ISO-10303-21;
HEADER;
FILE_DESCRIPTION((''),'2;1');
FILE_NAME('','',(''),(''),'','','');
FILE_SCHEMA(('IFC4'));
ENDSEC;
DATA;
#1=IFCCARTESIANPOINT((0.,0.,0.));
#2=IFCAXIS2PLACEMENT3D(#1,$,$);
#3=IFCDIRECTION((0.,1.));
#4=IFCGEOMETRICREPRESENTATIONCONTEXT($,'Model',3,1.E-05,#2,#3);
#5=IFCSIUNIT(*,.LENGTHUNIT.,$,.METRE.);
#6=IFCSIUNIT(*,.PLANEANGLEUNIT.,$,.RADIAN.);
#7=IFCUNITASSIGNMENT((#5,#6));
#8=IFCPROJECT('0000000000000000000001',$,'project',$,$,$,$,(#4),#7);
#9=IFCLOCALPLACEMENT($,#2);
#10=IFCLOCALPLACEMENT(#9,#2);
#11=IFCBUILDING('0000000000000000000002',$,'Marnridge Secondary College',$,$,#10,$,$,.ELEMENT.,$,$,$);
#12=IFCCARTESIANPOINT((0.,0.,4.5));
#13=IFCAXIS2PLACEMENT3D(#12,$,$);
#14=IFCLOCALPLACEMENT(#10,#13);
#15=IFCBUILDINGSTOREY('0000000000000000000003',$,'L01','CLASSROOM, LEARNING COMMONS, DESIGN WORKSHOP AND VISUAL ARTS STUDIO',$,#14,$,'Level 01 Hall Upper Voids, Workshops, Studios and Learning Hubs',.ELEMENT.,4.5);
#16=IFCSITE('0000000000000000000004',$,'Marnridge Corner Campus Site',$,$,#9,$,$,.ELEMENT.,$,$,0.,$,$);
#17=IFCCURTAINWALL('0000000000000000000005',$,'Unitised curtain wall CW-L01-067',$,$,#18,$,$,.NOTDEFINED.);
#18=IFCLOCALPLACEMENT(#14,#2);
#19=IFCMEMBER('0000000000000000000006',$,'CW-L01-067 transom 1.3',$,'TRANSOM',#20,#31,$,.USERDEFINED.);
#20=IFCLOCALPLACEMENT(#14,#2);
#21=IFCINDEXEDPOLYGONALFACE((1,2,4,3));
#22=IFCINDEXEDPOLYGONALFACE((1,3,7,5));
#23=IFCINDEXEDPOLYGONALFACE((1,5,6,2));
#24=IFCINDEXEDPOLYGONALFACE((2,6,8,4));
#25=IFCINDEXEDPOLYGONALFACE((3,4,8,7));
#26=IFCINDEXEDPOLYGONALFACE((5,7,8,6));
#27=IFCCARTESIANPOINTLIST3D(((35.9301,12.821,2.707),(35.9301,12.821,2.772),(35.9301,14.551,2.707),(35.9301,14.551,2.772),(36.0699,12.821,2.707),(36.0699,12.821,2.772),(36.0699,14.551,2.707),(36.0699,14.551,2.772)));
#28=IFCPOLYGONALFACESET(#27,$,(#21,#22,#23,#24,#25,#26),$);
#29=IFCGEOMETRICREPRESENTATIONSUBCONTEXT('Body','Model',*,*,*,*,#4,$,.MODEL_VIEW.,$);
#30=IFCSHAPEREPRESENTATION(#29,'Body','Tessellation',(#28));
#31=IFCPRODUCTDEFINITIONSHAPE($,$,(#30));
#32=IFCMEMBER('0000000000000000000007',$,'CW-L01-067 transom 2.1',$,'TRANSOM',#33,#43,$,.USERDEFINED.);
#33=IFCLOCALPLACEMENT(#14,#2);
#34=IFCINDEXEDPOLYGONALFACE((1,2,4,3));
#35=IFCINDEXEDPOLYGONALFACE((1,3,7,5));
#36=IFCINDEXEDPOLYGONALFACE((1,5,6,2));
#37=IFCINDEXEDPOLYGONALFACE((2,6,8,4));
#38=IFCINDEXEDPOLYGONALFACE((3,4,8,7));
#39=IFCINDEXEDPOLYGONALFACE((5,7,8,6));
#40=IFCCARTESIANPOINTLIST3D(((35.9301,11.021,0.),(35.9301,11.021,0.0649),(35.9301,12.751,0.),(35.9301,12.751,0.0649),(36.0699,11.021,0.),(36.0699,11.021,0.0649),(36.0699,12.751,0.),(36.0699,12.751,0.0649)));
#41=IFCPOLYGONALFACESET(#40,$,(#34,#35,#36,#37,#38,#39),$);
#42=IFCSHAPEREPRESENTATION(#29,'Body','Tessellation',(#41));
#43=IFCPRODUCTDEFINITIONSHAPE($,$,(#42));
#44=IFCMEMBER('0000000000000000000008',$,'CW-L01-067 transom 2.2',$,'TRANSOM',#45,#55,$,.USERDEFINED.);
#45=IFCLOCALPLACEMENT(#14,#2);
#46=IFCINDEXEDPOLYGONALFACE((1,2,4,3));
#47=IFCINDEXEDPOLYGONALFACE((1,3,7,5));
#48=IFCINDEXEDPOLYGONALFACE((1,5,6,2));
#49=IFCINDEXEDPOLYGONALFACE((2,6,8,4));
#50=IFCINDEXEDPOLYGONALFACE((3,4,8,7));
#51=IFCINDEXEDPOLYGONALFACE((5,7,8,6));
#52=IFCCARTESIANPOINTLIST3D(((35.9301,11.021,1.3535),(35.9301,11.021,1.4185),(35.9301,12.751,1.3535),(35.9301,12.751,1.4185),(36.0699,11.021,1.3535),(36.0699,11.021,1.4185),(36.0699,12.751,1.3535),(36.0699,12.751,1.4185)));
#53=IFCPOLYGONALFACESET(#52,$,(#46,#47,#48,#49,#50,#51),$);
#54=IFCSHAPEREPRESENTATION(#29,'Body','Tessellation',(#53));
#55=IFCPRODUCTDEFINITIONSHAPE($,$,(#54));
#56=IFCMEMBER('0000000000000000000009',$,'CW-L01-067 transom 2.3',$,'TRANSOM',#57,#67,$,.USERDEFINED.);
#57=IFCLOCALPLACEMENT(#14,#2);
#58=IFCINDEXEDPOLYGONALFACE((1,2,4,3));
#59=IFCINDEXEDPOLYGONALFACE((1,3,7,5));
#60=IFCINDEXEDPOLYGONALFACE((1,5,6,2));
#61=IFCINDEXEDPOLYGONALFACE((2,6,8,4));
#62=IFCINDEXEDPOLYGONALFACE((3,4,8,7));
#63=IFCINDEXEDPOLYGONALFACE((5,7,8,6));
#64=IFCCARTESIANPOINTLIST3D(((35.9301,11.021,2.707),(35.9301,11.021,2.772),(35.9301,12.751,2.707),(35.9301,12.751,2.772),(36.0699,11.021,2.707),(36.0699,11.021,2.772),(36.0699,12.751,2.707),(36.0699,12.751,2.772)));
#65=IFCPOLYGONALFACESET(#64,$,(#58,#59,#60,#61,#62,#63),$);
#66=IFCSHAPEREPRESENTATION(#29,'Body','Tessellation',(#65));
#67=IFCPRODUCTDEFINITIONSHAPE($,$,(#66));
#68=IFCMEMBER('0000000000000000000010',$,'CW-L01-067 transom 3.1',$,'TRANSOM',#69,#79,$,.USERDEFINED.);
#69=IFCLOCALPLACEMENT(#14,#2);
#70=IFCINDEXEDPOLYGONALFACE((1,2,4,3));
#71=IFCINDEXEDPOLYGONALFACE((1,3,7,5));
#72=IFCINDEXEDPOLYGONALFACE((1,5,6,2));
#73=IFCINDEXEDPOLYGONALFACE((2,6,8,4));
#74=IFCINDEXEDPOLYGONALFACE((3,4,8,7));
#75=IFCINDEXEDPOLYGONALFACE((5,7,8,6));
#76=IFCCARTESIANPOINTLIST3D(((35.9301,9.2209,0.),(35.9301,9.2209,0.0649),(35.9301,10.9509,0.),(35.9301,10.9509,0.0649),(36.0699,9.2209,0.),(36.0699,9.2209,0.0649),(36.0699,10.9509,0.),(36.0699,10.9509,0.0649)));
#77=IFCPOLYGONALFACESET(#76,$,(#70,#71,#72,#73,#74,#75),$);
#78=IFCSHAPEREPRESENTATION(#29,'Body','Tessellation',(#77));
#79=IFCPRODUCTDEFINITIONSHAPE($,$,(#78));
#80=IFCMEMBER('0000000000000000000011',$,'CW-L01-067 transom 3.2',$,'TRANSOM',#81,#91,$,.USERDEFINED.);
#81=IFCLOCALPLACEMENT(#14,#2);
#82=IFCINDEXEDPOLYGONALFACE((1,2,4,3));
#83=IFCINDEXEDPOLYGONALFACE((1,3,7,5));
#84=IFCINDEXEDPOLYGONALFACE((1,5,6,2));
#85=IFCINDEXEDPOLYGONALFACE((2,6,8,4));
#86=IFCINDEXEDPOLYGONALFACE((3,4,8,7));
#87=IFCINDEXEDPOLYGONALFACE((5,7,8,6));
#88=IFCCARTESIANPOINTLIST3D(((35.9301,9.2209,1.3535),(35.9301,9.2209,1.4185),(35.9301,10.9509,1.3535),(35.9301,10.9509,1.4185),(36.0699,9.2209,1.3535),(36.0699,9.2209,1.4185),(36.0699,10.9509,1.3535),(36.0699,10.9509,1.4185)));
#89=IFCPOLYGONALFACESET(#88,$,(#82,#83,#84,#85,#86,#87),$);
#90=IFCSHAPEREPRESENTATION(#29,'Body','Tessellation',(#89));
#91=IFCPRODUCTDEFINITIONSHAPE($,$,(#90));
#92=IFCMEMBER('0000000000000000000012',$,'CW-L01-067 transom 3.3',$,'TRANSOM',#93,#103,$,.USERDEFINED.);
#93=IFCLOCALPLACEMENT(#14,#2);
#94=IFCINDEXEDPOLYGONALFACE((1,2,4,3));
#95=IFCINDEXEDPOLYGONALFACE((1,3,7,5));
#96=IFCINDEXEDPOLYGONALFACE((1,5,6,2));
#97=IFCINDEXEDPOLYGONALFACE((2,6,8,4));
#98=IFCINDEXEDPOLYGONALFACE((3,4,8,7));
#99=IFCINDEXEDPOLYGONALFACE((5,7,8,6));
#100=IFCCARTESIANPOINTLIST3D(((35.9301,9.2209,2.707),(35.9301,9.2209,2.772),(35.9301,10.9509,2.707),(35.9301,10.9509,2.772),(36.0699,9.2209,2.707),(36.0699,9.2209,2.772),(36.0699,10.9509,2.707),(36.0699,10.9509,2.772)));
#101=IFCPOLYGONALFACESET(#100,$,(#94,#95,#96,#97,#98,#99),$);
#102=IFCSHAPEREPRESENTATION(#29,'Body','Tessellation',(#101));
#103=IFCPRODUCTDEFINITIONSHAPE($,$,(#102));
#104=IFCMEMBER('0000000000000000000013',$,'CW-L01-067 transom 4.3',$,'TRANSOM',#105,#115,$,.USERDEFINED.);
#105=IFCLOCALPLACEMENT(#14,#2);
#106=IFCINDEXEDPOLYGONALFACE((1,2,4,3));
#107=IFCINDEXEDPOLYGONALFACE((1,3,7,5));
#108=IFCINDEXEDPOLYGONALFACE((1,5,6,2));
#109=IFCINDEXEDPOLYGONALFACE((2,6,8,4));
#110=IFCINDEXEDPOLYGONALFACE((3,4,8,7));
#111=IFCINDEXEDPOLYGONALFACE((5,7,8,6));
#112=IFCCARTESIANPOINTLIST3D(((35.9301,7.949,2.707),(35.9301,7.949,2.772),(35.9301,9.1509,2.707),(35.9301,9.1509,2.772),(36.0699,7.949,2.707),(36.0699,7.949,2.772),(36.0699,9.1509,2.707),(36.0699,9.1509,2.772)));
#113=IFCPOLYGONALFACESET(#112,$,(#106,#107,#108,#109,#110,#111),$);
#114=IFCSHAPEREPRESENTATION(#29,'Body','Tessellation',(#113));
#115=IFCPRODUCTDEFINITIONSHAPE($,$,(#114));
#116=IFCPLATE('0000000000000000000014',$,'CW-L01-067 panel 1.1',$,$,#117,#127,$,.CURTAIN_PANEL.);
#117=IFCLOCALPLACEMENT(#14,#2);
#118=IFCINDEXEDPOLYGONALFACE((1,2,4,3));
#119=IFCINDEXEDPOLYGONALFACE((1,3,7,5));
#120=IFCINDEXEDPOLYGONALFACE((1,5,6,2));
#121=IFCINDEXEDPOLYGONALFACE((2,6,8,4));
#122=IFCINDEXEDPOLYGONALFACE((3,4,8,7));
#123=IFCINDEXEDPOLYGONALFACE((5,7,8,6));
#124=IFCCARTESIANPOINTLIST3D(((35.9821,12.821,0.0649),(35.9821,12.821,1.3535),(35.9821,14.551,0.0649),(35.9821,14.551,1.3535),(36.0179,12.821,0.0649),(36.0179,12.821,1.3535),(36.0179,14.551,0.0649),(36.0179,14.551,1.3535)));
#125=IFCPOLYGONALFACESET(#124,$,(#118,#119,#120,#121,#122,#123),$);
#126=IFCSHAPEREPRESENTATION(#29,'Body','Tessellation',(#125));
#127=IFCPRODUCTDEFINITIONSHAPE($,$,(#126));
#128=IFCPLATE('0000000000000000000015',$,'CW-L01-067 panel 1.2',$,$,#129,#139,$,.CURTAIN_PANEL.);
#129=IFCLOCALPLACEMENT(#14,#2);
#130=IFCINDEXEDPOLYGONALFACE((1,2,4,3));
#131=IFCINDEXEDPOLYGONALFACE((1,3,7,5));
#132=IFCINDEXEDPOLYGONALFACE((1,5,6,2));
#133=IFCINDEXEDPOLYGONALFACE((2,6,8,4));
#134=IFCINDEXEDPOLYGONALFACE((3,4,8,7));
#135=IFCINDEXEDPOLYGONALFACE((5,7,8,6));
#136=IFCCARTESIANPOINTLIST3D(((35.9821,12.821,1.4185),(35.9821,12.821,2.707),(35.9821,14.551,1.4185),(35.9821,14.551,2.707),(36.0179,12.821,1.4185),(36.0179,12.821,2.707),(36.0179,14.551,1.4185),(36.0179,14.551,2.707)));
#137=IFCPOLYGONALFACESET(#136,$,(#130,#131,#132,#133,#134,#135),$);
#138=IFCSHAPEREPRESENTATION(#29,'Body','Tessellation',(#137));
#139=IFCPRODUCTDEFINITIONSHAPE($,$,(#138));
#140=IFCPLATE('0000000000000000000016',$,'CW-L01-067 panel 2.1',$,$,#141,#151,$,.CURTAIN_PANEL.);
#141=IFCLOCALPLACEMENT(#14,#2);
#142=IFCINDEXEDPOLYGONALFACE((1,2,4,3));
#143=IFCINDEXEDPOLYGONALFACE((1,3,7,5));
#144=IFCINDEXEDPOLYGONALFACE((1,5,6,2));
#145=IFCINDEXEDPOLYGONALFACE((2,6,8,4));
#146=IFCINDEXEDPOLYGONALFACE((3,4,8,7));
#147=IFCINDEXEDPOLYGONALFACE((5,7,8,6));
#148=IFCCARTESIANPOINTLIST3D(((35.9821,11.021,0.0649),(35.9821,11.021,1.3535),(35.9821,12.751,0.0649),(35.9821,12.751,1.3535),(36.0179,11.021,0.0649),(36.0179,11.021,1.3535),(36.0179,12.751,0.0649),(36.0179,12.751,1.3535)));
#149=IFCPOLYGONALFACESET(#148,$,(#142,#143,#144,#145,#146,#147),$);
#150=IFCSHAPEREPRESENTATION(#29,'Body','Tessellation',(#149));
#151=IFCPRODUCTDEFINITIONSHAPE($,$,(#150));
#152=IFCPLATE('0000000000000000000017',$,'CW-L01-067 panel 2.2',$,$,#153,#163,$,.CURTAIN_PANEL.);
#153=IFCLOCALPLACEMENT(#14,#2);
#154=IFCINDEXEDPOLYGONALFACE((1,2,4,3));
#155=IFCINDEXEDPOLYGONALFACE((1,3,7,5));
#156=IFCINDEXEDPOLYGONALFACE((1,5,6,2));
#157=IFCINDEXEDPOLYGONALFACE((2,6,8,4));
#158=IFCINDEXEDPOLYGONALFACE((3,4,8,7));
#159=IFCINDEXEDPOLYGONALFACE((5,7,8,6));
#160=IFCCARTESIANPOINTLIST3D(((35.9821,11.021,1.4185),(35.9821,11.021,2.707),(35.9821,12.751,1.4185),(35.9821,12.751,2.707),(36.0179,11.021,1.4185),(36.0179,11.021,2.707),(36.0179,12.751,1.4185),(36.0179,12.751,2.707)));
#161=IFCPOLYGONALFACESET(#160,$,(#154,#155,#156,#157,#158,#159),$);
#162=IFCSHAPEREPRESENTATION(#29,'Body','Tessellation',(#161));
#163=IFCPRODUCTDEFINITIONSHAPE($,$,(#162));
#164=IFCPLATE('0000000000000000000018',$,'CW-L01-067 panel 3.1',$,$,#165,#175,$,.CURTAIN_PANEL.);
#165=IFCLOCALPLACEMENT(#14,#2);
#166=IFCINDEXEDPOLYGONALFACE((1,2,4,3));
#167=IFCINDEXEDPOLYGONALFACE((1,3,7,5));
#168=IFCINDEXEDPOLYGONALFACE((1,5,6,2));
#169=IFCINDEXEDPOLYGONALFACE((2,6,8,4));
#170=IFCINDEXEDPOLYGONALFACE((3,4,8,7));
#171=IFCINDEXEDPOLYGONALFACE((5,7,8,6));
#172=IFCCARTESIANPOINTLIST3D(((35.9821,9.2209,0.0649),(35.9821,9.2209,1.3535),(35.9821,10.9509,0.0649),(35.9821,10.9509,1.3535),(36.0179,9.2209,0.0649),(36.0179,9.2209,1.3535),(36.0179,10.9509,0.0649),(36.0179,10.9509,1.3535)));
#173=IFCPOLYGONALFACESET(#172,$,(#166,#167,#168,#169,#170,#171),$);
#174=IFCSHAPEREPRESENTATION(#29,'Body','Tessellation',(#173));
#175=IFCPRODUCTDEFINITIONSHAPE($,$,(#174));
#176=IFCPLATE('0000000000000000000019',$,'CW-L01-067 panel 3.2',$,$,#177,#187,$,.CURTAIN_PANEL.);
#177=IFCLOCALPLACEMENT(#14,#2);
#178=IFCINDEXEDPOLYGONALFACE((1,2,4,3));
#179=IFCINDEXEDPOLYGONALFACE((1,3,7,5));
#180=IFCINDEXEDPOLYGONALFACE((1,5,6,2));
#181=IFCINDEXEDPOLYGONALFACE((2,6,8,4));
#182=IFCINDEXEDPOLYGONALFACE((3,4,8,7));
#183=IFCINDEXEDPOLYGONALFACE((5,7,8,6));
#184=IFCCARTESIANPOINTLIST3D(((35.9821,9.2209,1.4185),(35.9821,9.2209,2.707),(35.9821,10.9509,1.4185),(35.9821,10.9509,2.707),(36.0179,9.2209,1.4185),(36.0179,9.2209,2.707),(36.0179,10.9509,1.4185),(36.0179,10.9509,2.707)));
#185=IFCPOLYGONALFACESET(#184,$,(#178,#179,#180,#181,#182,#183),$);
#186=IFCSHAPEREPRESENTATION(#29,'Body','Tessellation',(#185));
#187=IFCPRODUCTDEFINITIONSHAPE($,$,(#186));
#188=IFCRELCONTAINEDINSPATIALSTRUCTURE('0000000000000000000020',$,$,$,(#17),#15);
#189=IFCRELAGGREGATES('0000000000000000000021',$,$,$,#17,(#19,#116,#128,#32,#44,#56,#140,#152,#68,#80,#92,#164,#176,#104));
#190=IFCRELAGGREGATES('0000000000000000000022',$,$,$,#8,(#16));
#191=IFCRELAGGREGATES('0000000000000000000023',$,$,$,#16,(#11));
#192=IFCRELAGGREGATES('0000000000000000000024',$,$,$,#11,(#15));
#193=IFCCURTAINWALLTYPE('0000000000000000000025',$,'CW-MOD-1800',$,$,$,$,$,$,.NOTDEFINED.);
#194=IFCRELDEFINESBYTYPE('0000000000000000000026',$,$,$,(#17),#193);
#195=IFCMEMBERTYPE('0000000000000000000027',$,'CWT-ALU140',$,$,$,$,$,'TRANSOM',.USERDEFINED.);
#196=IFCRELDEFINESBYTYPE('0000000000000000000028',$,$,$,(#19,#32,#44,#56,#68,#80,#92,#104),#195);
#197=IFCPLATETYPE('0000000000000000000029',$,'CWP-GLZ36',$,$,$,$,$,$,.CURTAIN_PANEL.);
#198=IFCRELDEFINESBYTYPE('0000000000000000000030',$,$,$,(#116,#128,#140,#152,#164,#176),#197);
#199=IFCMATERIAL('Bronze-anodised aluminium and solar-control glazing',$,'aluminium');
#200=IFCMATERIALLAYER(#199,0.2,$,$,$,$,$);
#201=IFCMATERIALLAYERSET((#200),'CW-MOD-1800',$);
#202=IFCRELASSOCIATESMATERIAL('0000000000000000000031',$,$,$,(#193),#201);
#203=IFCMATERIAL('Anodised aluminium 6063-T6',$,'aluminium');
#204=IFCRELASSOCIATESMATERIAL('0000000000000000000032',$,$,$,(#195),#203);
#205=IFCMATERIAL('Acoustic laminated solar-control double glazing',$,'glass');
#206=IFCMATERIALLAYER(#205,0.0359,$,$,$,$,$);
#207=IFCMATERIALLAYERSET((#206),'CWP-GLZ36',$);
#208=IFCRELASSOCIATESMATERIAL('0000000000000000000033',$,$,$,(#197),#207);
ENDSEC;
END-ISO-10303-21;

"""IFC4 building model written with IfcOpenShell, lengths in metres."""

from ifc_helpers import new_model, si_unit, direction, frame, origin, origin_2d, place, context, subcontext, project, spatial, rectangle, extrude, material, layer, layer_set, material_profile, profile_set, type_object, element, aggregate, save


model = new_model("IFC4")

# Units and contexts
model_context = context("Model", 3, precision=1e-05, world=origin(), true_north=direction((0.0, 1.0)))
body_context = subcontext(model_context, "Body", "Model", "MODEL_VIEW")
ifc_project = project(units=[si_unit("LENGTHUNIT", "METRE"), si_unit("PLANEANGLEUNIT", "RADIAN")], contexts=[model_context])

# Site, building, storey
site_placement = place(None, origin())
site = spatial("IfcSite", under=ifc_project, at=site_placement, Name="Marnridge Corner Campus Site", CompositionType="ELEMENT", RefElevation=0.0)
building_placement = place(site_placement, origin())
building = spatial("IfcBuilding", under=site, at=building_placement, Name="Marnridge Secondary College", CompositionType="ELEMENT")
storey_placement = place(building_placement, frame((0.0, 0.0, 4.5)))
storey = spatial("IfcBuildingStorey", under=building, at=storey_placement, Name="L01", Description="CLASSROOM, LEARNING COMMONS, DESIGN WORKSHOP AND VISUAL ARTS STUDIO", LongName="Level 01 Hall Upper Voids, Workshops, Studios and Learning Hubs", CompositionType="ELEMENT", Elevation=4.5)

# Curtain wall, members, plates
ifc_material_1 = material(Name="Bronze-anodised aluminium and solar-control glazing", Category="aluminium")
ifc_layer_1 = layer(ifc_material_1, 0.2)
ifc_layer_set_1 = layer_set([ifc_layer_1], Name="CW-MOD-1800")
curtain_wall_type = type_object("IfcCurtainWallType", Name="CW-MOD-1800", PredefinedType="NOTDEFINED", material=ifc_layer_set_1)
curtain_wall_placement = place(storey_placement, origin())
curtain_wall = element("IfcCurtainWall", 1, at=curtain_wall_placement, inside=storey, type_object=curtain_wall_type, Name="Unitised curtain wall CW-L01-067", PredefinedType="NOTDEFINED")
ifc_material_2 = material(Name="Anodised aluminium 6063-T6", Category="aluminium")
ifc_material_profile_1 = material_profile(ifc_material_2, rectangle(XDim=0.0649, YDim=0.1399, at=origin_2d()), Name="ALU 65x140")
ifc_profile_set_1 = profile_set([ifc_material_profile_1], Name="Anodised aluminium 6063-T6")
member_type_1 = type_object("IfcMemberType", Name="CWT-ALU140", ElementType="TRANSOM", PredefinedType="USERDEFINED", material=ifc_profile_set_1)
member_1_placement = place(storey_placement, frame((36.0, 14.551, 2.7395), z_axis=(0.0, -1.0, 0.0), x_axis=(0.0, 0.0, 1.0)))
member_1 = element("IfcMember", 2, at=member_1_placement, type_object=member_type_1, Name="CW-L01-067 transom 1.3", ObjectType="TRANSOM", PredefinedType="USERDEFINED", context=body_context, shape_type="SweptSolid", body=[
    extrude(rectangle(XDim=0.0649, YDim=0.1399, at=origin_2d()), origin(), (0.0, 0.0, 1.0), 1.73),
])
member_2_placement = place(storey_placement, frame((36.0, 12.751, 0.0325), z_axis=(0.0, -1.0, 0.0), x_axis=(0.0, 0.0, 1.0)))
member_2 = element("IfcMember", 3, at=member_2_placement, type_object=member_type_1, Name="CW-L01-067 transom 2.1", ObjectType="TRANSOM", PredefinedType="USERDEFINED", context=body_context, shape_type="SweptSolid", body=[
    extrude(rectangle(XDim=0.0649, YDim=0.1399, at=origin_2d()), origin(), (0.0, 0.0, 1.0), 1.73),
])
member_3_placement = place(storey_placement, frame((36.0, 12.751, 1.386), z_axis=(0.0, -1.0, 0.0), x_axis=(0.0, 0.0, 1.0)))
member_3 = element("IfcMember", 4, at=member_3_placement, type_object=member_type_1, Name="CW-L01-067 transom 2.2", ObjectType="TRANSOM", PredefinedType="USERDEFINED", context=body_context, shape_type="SweptSolid", body=[
    extrude(rectangle(XDim=0.0649, YDim=0.1399, at=origin_2d()), origin(), (0.0, 0.0, 1.0), 1.73),
])
member_4_placement = place(storey_placement, frame((36.0, 12.751, 2.7395), z_axis=(0.0, -1.0, 0.0), x_axis=(0.0, 0.0, 1.0)))
member_4 = element("IfcMember", 5, at=member_4_placement, type_object=member_type_1, Name="CW-L01-067 transom 2.3", ObjectType="TRANSOM", PredefinedType="USERDEFINED", context=body_context, shape_type="SweptSolid", body=[
    extrude(rectangle(XDim=0.0649, YDim=0.1399, at=origin_2d()), origin(), (0.0, 0.0, 1.0), 1.73),
])
member_5_placement = place(storey_placement, frame((36.0, 10.9509, 0.0325), z_axis=(0.0, -1.0, 0.0), x_axis=(0.0, 0.0, 1.0)))
member_5 = element("IfcMember", 6, at=member_5_placement, type_object=member_type_1, Name="CW-L01-067 transom 3.1", ObjectType="TRANSOM", PredefinedType="USERDEFINED", context=body_context, shape_type="SweptSolid", body=[
    extrude(rectangle(XDim=0.0649, YDim=0.1399, at=origin_2d()), origin(), (0.0, 0.0, 1.0), 1.73),
])
member_6_placement = place(storey_placement, frame((36.0, 10.9509, 1.386), z_axis=(0.0, -1.0, 0.0), x_axis=(0.0, 0.0, 1.0)))
member_6 = element("IfcMember", 7, at=member_6_placement, type_object=member_type_1, Name="CW-L01-067 transom 3.2", ObjectType="TRANSOM", PredefinedType="USERDEFINED", context=body_context, shape_type="SweptSolid", body=[
    extrude(rectangle(XDim=0.0649, YDim=0.1399, at=origin_2d()), origin(), (0.0, 0.0, 1.0), 1.73),
])
member_7_placement = place(storey_placement, frame((36.0, 10.9509, 2.7395), z_axis=(0.0, -1.0, 0.0), x_axis=(0.0, 0.0, 1.0)))
member_7 = element("IfcMember", 8, at=member_7_placement, type_object=member_type_1, Name="CW-L01-067 transom 3.3", ObjectType="TRANSOM", PredefinedType="USERDEFINED", context=body_context, shape_type="SweptSolid", body=[
    extrude(rectangle(XDim=0.0649, YDim=0.1399, at=origin_2d()), origin(), (0.0, 0.0, 1.0), 1.73),
])
member_8_placement = place(storey_placement, frame((36.0, 9.1509, 2.7395), z_axis=(0.0, -1.0, 0.0), x_axis=(0.0, 0.0, 1.0)))
member_8 = element("IfcMember", 9, at=member_8_placement, type_object=member_type_1, Name="CW-L01-067 transom 4.3", ObjectType="TRANSOM", PredefinedType="USERDEFINED", context=body_context, shape_type="SweptSolid", body=[
    extrude(rectangle(XDim=0.0649, YDim=0.1399, at=origin_2d()), origin(), (0.0, 0.0, 1.0), 1.2019),
])
ifc_material_3 = material(Name="Acoustic laminated solar-control double glazing", Category="glass")
ifc_layer_2 = layer(ifc_material_3, 0.0359)
ifc_layer_set_2 = layer_set([ifc_layer_2], Name="CWP-GLZ36")
plate_type = type_object("IfcPlateType", Name="CWP-GLZ36", PredefinedType="CURTAIN_PANEL", material=ifc_layer_set_2)
plate_1_placement = place(storey_placement, frame((36.0, 13.686, 0.0649), z_axis=(0.0, 0.0, 1.0), x_axis=(0.0, -1.0, 0.0)))
plate_1 = element("IfcPlate", 10, at=plate_1_placement, type_object=plate_type, Name="CW-L01-067 panel 1.1", PredefinedType="CURTAIN_PANEL", context=body_context, shape_type="SweptSolid", body=[
    extrude(rectangle(XDim=1.73, YDim=0.0359, at=origin_2d()), origin(), (0.0, 0.0, 1.0), 1.2886),
])
plate_2_placement = place(storey_placement, frame((36.0, 13.686, 1.4185), z_axis=(0.0, 0.0, 1.0), x_axis=(0.0, -1.0, 0.0)))
plate_2 = element("IfcPlate", 11, at=plate_2_placement, type_object=plate_type, Name="CW-L01-067 panel 1.2", PredefinedType="CURTAIN_PANEL", context=body_context, shape_type="SweptSolid", body=[
    extrude(rectangle(XDim=1.73, YDim=0.0359, at=origin_2d()), origin(), (0.0, 0.0, 1.0), 1.2886),
])
plate_3_placement = place(storey_placement, frame((36.0, 11.886, 0.0649), z_axis=(0.0, 0.0, 1.0), x_axis=(0.0, -1.0, 0.0)))
plate_3 = element("IfcPlate", 12, at=plate_3_placement, type_object=plate_type, Name="CW-L01-067 panel 2.1", PredefinedType="CURTAIN_PANEL", context=body_context, shape_type="SweptSolid", body=[
    extrude(rectangle(XDim=1.73, YDim=0.0359, at=origin_2d()), origin(), (0.0, 0.0, 1.0), 1.2886),
])
plate_4_placement = place(storey_placement, frame((36.0, 11.886, 1.4185), z_axis=(0.0, 0.0, 1.0), x_axis=(0.0, -1.0, 0.0)))
plate_4 = element("IfcPlate", 13, at=plate_4_placement, type_object=plate_type, Name="CW-L01-067 panel 2.2", PredefinedType="CURTAIN_PANEL", context=body_context, shape_type="SweptSolid", body=[
    extrude(rectangle(XDim=1.73, YDim=0.0359, at=origin_2d()), origin(), (0.0, 0.0, 1.0), 1.2886),
])
plate_5_placement = place(storey_placement, frame((36.0, 10.0859, 0.0649), z_axis=(0.0, 0.0, 1.0), x_axis=(0.0, -1.0, 0.0)))
plate_5 = element("IfcPlate", 14, at=plate_5_placement, type_object=plate_type, Name="CW-L01-067 panel 3.1", PredefinedType="CURTAIN_PANEL", context=body_context, shape_type="SweptSolid", body=[
    extrude(rectangle(XDim=1.73, YDim=0.0359, at=origin_2d()), origin(), (0.0, 0.0, 1.0), 1.2886),
])
plate_6_placement = place(storey_placement, frame((36.0, 10.0859, 1.4185), z_axis=(0.0, 0.0, 1.0), x_axis=(0.0, -1.0, 0.0)))
plate_6 = element("IfcPlate", 15, at=plate_6_placement, type_object=plate_type, Name="CW-L01-067 panel 3.2", PredefinedType="CURTAIN_PANEL", context=body_context, shape_type="SweptSolid", body=[
    extrude(rectangle(XDim=1.73, YDim=0.0359, at=origin_2d()), origin(), (0.0, 0.0, 1.0), 1.2886),
])
aggregate(curtain_wall, [member_1, plate_1, plate_2, member_2, member_3, member_4, plate_3, plate_4, member_5, member_6, member_7, plate_5, plate_6, member_8])

save(model, "model.ifc")
